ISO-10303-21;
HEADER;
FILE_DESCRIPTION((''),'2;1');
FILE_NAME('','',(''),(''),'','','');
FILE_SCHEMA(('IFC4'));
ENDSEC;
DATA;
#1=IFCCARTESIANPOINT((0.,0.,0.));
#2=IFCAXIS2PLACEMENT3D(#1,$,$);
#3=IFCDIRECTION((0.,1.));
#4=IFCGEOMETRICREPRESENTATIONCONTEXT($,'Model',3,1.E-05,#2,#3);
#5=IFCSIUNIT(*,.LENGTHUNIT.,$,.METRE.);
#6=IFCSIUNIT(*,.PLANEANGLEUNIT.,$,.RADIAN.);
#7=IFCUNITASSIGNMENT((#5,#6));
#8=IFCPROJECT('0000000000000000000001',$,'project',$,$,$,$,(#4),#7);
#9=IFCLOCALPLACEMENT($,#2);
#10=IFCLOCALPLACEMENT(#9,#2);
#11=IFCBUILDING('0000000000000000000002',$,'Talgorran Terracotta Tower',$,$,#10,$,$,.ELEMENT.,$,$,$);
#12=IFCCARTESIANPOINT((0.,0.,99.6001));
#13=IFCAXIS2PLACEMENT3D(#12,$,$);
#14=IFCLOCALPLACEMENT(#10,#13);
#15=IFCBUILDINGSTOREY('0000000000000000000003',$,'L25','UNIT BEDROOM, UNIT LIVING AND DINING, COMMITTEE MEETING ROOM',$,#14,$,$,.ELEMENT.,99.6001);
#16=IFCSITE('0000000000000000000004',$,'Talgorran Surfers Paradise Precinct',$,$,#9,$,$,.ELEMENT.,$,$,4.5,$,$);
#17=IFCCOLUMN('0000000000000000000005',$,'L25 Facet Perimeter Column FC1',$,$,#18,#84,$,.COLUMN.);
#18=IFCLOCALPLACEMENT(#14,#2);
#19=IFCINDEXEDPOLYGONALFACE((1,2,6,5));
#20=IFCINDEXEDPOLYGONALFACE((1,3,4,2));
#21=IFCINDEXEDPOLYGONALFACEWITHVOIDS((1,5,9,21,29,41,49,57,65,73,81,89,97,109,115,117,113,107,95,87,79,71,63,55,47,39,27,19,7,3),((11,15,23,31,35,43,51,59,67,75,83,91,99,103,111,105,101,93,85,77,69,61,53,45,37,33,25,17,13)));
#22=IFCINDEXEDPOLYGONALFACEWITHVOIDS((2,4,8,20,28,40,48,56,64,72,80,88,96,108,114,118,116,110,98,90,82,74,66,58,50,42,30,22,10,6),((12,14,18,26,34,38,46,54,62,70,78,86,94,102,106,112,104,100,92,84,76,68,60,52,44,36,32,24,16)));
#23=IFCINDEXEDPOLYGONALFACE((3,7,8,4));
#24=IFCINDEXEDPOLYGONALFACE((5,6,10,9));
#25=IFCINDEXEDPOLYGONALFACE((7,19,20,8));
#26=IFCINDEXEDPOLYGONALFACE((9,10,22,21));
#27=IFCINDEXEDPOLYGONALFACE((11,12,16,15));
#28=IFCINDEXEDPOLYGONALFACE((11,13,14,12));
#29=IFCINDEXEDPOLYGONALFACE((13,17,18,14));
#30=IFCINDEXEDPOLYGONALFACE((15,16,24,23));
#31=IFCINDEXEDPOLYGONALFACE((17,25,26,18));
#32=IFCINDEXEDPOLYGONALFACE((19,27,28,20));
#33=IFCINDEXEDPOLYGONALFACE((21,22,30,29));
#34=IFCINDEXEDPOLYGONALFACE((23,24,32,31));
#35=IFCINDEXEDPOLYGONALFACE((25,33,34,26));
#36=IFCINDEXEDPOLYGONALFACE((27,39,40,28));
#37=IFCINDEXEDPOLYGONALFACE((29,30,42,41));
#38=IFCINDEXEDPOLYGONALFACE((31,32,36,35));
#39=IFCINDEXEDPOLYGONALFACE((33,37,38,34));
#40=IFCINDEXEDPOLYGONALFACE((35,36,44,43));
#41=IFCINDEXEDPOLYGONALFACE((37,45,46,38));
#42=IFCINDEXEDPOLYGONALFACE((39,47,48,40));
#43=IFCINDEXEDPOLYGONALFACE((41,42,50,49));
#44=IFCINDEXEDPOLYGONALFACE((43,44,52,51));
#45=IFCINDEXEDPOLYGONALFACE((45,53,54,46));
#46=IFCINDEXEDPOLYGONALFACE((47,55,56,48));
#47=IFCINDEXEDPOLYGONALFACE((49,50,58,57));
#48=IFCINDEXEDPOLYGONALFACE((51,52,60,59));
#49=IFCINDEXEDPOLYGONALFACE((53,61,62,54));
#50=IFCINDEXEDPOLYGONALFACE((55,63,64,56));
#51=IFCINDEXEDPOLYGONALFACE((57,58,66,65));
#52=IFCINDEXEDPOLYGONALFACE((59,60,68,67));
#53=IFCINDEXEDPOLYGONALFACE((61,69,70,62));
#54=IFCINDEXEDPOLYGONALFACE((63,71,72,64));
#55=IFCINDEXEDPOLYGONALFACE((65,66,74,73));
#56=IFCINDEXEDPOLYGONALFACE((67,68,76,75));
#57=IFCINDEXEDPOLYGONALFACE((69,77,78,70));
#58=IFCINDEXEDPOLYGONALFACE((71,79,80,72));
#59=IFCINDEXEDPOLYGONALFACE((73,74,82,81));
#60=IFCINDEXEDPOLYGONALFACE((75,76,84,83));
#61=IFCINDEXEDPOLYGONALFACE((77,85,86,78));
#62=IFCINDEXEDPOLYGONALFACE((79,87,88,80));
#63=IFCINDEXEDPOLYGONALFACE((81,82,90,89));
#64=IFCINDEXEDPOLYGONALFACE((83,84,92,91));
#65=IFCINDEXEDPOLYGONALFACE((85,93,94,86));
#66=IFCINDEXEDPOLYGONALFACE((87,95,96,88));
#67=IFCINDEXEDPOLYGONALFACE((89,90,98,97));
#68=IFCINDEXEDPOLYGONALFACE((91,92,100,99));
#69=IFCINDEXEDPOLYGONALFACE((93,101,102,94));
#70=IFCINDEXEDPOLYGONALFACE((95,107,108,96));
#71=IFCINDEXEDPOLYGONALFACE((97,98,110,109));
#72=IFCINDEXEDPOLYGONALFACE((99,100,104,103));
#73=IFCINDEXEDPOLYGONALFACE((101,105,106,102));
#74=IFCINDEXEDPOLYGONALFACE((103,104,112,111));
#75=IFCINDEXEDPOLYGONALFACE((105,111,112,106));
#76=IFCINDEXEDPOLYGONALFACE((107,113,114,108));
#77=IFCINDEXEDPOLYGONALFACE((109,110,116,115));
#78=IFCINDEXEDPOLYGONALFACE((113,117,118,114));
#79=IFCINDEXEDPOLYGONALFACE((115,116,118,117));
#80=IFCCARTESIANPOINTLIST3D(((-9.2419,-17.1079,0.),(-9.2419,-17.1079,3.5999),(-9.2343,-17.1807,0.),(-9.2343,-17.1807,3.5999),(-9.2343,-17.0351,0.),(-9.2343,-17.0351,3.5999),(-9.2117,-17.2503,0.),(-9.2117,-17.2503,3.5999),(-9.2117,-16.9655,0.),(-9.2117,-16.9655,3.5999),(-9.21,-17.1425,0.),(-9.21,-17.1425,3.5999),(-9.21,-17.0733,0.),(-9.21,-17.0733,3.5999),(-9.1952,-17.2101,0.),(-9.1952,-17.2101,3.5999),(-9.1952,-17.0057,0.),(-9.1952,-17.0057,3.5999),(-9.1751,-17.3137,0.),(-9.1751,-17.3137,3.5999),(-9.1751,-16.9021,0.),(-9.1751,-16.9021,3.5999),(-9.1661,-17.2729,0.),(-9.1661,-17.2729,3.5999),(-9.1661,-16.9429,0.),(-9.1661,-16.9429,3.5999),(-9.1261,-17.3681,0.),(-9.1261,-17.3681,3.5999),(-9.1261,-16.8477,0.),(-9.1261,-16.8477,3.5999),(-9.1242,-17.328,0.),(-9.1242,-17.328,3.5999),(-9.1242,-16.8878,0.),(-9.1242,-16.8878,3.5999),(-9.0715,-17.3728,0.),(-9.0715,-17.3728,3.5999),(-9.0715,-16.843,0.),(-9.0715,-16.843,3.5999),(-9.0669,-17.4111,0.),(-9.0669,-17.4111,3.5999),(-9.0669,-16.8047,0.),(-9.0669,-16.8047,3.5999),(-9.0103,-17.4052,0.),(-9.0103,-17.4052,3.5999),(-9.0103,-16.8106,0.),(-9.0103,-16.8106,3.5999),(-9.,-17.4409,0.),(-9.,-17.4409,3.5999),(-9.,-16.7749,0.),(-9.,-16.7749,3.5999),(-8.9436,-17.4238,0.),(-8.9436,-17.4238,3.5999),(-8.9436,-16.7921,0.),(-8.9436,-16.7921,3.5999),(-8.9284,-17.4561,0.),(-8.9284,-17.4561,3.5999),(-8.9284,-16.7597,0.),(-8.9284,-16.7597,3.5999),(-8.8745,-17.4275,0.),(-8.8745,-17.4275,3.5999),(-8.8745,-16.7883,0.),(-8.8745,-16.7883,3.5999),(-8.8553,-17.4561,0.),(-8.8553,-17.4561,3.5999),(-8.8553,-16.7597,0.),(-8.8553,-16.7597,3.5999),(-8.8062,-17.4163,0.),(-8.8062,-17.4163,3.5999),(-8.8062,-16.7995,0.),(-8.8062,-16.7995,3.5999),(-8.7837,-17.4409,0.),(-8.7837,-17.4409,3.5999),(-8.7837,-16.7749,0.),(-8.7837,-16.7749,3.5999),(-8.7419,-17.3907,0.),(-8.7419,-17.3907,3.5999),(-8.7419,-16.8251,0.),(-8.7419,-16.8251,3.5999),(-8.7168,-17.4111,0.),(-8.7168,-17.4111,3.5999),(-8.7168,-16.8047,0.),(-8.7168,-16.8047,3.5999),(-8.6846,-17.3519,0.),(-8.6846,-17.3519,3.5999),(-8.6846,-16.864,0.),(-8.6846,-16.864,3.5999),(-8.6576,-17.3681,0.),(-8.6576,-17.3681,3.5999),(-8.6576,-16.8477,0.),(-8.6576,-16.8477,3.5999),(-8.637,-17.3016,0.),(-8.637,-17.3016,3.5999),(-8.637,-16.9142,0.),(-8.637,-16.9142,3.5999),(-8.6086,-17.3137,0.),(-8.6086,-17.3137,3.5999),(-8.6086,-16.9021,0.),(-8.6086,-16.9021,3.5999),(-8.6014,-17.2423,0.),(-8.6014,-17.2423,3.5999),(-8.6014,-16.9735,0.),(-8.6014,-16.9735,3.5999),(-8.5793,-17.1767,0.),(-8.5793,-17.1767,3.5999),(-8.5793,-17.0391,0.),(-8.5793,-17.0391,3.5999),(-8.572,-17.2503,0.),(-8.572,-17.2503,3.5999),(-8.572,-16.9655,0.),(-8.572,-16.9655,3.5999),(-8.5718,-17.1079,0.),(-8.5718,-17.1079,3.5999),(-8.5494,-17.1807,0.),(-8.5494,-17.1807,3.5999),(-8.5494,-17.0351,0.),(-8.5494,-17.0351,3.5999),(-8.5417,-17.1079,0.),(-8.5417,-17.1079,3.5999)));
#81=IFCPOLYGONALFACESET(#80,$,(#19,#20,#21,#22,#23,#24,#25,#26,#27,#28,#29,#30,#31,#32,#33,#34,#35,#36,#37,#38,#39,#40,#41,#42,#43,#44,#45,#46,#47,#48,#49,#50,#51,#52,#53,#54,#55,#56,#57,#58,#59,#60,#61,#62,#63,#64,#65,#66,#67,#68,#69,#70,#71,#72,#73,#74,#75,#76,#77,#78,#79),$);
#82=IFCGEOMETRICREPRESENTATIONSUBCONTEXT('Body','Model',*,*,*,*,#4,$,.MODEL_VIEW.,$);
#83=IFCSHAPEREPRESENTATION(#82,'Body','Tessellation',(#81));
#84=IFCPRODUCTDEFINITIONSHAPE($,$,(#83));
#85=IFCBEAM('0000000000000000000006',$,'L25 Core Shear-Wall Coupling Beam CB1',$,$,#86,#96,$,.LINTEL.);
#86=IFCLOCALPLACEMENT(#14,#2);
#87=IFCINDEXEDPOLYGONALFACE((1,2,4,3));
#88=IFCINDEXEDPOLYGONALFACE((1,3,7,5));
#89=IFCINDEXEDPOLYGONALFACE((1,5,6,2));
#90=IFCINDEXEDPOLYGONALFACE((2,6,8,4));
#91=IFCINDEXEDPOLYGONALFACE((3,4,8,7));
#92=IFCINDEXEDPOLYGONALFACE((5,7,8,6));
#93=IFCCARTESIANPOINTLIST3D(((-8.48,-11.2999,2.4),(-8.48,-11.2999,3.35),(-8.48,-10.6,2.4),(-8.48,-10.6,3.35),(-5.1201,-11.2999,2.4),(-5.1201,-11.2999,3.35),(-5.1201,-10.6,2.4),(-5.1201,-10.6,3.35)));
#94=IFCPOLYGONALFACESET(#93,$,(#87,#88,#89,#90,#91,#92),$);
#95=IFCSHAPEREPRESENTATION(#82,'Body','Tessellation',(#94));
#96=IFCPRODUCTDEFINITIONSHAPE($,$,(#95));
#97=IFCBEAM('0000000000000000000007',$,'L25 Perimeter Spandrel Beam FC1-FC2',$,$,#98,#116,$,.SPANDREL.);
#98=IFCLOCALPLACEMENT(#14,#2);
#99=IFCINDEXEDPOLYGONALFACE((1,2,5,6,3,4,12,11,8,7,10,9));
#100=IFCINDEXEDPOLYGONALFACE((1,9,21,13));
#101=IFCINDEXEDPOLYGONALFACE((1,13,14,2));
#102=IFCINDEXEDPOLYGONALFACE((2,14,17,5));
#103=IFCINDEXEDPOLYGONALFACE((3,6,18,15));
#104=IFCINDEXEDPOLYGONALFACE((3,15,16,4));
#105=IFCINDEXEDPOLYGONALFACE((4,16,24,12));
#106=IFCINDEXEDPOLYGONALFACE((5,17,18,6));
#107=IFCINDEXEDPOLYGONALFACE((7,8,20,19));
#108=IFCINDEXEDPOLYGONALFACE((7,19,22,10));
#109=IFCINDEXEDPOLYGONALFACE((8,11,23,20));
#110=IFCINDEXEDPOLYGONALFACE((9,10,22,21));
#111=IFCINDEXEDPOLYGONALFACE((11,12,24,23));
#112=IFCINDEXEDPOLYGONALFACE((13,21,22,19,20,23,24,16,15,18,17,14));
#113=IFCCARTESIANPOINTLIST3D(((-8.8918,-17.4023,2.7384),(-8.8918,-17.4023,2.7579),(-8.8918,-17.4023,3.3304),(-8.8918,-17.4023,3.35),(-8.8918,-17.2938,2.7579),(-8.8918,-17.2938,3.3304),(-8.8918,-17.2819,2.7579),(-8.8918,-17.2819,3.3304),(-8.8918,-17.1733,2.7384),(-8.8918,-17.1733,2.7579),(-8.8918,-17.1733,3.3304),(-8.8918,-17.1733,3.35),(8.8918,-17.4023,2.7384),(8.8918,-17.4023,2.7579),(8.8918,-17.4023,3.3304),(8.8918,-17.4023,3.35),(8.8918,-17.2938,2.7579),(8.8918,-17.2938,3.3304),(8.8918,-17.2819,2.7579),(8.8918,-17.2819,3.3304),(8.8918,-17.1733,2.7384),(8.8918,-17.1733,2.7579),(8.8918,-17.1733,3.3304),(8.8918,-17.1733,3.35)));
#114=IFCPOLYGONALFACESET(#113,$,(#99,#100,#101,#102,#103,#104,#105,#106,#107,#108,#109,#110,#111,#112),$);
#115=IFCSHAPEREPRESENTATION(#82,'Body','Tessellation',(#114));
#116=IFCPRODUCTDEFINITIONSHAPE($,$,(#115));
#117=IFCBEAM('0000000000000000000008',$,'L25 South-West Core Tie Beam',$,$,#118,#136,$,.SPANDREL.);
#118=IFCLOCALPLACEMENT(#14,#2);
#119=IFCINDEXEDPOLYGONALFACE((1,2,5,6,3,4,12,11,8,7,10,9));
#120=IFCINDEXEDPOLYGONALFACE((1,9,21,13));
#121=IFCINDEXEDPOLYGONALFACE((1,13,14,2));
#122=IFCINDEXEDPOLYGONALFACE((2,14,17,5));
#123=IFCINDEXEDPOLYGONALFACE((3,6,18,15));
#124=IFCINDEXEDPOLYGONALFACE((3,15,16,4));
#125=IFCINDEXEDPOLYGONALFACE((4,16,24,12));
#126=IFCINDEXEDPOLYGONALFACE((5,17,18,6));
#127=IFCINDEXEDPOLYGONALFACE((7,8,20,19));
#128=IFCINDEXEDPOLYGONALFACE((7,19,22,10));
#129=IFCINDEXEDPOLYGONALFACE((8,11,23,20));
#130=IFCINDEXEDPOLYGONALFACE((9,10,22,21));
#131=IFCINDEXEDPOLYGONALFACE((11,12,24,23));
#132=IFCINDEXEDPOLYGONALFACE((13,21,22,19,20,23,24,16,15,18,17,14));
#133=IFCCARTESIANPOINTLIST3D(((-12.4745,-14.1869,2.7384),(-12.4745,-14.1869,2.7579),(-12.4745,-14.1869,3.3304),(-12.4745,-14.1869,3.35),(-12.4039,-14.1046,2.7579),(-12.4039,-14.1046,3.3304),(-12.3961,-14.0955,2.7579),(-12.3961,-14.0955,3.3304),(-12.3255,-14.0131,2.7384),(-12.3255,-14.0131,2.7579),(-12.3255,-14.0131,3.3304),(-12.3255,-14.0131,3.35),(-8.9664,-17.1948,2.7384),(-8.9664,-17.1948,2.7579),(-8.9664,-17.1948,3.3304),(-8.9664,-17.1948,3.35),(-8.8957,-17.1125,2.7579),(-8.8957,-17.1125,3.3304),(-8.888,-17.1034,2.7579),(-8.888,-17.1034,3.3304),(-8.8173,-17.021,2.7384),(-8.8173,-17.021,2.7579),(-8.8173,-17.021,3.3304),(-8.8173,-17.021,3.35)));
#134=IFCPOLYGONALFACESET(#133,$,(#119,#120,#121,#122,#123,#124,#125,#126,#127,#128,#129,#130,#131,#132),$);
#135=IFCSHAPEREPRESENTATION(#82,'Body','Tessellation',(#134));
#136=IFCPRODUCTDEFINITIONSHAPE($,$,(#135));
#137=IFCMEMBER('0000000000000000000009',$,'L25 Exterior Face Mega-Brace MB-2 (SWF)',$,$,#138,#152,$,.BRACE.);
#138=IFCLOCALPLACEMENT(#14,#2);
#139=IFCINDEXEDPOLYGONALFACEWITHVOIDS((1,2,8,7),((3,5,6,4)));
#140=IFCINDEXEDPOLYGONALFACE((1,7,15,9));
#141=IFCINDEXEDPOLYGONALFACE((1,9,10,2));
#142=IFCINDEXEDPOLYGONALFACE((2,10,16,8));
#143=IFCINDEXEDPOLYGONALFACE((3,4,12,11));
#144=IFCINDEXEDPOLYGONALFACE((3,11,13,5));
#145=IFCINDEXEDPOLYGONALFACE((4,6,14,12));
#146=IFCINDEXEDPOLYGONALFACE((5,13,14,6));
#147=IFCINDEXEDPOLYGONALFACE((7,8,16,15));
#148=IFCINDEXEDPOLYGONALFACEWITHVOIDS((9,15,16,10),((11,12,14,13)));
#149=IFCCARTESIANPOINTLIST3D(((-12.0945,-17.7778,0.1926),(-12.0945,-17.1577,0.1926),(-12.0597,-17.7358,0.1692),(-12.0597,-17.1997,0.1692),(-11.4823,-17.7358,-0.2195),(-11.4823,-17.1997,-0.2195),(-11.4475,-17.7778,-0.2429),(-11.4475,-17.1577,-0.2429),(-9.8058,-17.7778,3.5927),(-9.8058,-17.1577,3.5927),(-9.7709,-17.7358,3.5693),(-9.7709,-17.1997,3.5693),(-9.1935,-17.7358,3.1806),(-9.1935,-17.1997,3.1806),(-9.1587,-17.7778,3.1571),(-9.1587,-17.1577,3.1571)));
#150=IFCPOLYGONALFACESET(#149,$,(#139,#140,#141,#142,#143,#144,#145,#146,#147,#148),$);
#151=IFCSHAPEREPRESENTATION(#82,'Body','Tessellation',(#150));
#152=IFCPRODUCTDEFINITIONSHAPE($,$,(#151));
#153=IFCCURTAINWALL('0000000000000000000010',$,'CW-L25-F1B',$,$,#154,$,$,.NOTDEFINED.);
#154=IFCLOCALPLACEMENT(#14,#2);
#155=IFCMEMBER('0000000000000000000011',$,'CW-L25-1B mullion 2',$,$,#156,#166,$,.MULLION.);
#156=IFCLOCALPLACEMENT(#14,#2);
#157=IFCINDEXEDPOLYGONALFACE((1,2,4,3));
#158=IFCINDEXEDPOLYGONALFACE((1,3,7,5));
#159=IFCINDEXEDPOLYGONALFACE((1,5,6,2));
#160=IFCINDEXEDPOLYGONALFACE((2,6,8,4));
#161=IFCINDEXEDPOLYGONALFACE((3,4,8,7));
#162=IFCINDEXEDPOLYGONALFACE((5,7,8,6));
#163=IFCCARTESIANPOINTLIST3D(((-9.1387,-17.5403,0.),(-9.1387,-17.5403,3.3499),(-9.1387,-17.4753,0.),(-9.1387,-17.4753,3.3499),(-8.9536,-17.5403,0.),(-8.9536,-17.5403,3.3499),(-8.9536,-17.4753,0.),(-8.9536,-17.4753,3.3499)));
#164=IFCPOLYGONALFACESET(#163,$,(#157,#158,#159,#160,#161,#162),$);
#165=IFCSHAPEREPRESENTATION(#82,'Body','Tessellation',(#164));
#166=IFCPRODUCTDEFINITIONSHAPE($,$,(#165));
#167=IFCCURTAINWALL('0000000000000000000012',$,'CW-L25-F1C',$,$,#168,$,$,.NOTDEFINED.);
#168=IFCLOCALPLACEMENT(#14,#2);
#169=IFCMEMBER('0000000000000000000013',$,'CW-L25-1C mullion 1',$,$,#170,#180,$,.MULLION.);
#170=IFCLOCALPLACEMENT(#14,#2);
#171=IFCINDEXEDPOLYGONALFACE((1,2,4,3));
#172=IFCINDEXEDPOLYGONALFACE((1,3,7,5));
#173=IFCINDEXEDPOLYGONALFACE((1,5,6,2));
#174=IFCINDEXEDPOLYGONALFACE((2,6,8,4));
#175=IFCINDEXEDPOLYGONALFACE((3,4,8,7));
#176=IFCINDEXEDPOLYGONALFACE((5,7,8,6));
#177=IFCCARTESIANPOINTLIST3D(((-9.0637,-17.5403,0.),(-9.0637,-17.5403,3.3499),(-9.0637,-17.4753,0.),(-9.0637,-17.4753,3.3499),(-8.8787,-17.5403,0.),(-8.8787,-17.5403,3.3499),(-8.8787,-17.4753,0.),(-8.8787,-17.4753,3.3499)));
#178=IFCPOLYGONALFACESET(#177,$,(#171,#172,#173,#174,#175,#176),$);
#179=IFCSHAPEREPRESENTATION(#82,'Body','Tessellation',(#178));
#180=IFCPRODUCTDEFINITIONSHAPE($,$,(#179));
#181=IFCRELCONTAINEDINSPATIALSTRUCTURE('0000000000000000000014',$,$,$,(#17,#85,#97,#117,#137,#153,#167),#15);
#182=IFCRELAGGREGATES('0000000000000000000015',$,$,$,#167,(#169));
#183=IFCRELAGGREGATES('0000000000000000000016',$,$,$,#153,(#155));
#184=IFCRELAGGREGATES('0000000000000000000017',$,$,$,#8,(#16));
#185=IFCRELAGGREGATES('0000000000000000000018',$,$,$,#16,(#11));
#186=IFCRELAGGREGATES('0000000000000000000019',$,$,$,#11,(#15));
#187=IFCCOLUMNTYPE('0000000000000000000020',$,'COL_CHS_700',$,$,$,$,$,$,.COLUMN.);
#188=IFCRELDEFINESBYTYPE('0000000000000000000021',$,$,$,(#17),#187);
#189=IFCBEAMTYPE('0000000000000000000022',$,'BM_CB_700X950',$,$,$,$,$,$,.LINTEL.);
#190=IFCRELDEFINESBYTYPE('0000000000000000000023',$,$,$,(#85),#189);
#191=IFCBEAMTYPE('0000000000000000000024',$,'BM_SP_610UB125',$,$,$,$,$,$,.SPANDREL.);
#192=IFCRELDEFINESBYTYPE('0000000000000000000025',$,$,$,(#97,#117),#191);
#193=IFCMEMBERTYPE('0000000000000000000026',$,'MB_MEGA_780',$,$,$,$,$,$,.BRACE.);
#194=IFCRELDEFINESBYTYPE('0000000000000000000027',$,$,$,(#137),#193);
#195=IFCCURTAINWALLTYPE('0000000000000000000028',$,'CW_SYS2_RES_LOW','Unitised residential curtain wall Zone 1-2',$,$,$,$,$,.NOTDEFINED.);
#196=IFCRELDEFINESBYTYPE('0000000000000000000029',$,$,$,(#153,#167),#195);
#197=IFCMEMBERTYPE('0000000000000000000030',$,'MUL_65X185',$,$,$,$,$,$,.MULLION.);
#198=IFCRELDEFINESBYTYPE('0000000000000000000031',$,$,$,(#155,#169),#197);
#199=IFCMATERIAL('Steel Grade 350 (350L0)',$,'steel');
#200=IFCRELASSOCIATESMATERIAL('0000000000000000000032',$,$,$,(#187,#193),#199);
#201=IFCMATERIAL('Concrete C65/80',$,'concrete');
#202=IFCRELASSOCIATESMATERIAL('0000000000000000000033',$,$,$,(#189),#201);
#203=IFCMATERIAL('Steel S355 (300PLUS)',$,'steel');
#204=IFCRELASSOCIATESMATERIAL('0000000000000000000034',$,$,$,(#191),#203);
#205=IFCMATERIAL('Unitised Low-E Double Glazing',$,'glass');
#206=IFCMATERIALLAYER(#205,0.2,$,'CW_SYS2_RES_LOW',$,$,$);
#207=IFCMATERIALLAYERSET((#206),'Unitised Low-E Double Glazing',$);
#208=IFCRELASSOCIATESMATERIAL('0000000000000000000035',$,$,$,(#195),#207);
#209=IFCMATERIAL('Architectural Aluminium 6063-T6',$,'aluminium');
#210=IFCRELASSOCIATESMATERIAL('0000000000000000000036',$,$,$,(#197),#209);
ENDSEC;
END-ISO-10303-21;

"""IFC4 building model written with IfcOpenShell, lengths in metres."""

from ifc_helpers import new_model, si_unit, direction, frame, origin, origin_2d, place, context, subcontext, project, spatial, rectangle, hollow_rectangle, hollow_circle, i_section, extrude, material, layer, layer_set, material_profile, profile_set, type_object, element, aggregate, save


model = new_model("IFC4")

# Units and contexts
model_context = context("Model", 3, precision=1e-05, world=origin(), true_north=direction((0.0, 1.0)))
body_context = subcontext(model_context, "Body", "Model", "MODEL_VIEW")
ifc_project = project(units=[si_unit("LENGTHUNIT", "METRE"), si_unit("PLANEANGLEUNIT", "RADIAN")], contexts=[model_context])

# Site, building, storey
site_placement = place(None, origin())
site = spatial("IfcSite", under=ifc_project, at=site_placement, Name="Talgorran Surfers Paradise Precinct", CompositionType="ELEMENT", RefElevation=4.5)
building_placement = place(site_placement, origin())
building = spatial("IfcBuilding", under=site, at=building_placement, Name="Talgorran Terracotta Tower", CompositionType="ELEMENT")
storey_placement = place(building_placement, frame((0.0, 0.0, 99.6001)))
storey = spatial("IfcBuildingStorey", under=building, at=storey_placement, Name="L25", Description="UNIT BEDROOM, UNIT LIVING AND DINING, COMMITTEE MEETING ROOM", CompositionType="ELEMENT", Elevation=99.6001)

# Column
ifc_material_1 = material(Name="Steel Grade 350 (350L0)", Category="steel")
ifc_material_profile_1 = material_profile(ifc_material_1, hollow_circle(Radius=0.3501, WallThickness=0.03, at=origin_2d()), Name="CHS700X30")
ifc_profile_set_1 = profile_set([ifc_material_profile_1], Name="Steel Grade 350 (350L0)")
column_type = type_object("IfcColumnType", Name="COL_CHS_700", PredefinedType="COLUMN", material=ifc_profile_set_1)
column_placement = place(storey_placement, frame((-8.8918, -17.1079, 0.0), z_axis=(0.0, 0.0, 1.0), x_axis=(1.0, 0.0, 0.0)))
element("IfcColumn", 1, at=column_placement, inside=storey, type_object=column_type, Name="L25 Facet Perimeter Column FC1", PredefinedType="COLUMN", context=body_context, shape_type="SweptSolid", body=[
    extrude(hollow_circle(Radius=0.3501, WallThickness=0.03, at=origin_2d()), origin(), (0.0, 0.0, 1.0), 3.5999),
])

# Beams
ifc_material_2 = material(Name="Concrete C65/80", Category="concrete")
ifc_material_profile_2 = material_profile(ifc_material_2, rectangle(XDim=0.7, YDim=0.95, at=origin_2d()), Name="RCCB700X950")
ifc_profile_set_2 = profile_set([ifc_material_profile_2], Name="Concrete C65/80")
beam_type_1 = type_object("IfcBeamType", Name="BM_CB_700X950", PredefinedType="LINTEL", material=ifc_profile_set_2)
beam_1_placement = place(storey_placement, frame((-8.48, -10.95, 2.875), z_axis=(1.0, 0.0, 0.0), x_axis=(0.0, 1.0, 0.0)))
element("IfcBeam", 2, at=beam_1_placement, inside=storey, type_object=beam_type_1, Name="L25 Core Shear-Wall Coupling Beam CB1", PredefinedType="LINTEL", context=body_context, shape_type="SweptSolid", body=[
    extrude(rectangle(XDim=0.7, YDim=0.95, at=origin_2d()), origin(), (0.0, 0.0, 1.0), 3.3599),
])
ifc_material_3 = material(Name="Steel S355 (300PLUS)", Category="steel")
ifc_material_profile_3 = material_profile(ifc_material_3, i_section(OverallWidth=0.229, OverallDepth=0.6116, WebThickness=0.012, FlangeThickness=0.0195, at=origin_2d()), Name="610UB125")
ifc_profile_set_3 = profile_set([ifc_material_profile_3], Name="Steel S355 (300PLUS)")
beam_type_2 = type_object("IfcBeamType", Name="BM_SP_610UB125", PredefinedType="SPANDREL", material=ifc_profile_set_3)
beam_2_placement = place(storey_placement, frame((-8.8918, -17.2878, 3.0442), z_axis=(1.0, 0.0, 0.0), x_axis=(0.0, 1.0, 0.0)))
element("IfcBeam", 3, at=beam_2_placement, inside=storey, type_object=beam_type_2, Name="L25 Perimeter Spandrel Beam FC1-FC2", PredefinedType="SPANDREL", context=body_context, shape_type="SweptSolid", body=[
    extrude(i_section(OverallWidth=0.229, OverallDepth=0.6116, WebThickness=0.012, FlangeThickness=0.0195, at=origin_2d()), origin(), (0.0, 0.0, 1.0), 17.7837),
])
beam_3_placement = place(storey_placement, frame((-8.8918, -17.1079, 3.0442), z_axis=(-0.75916, 0.650904, 0.0), x_axis=(-0.650904, -0.75916, 0.0)))
element("IfcBeam", 4, at=beam_3_placement, inside=storey, type_object=beam_type_2, Name="L25 South-West Core Tie Beam", PredefinedType="SPANDREL", context=body_context, shape_type="SweptSolid", body=[
    extrude(i_section(OverallWidth=0.229, OverallDepth=0.6116, WebThickness=0.012, FlangeThickness=0.0195, at=origin_2d()), origin(), (0.0, 0.0, 1.0), 4.6211),
])

# Member
ifc_material_profile_4 = material_profile(ifc_material_1, hollow_rectangle(XDim=0.6201, YDim=0.78, WallThickness=0.042, at=origin_2d()), Name="WBOX780X620X42")
ifc_profile_set_4 = profile_set([ifc_material_profile_4], Name="Steel Grade 350 (350L0)")
member_type_1 = type_object("IfcMemberType", Name="MB_MEGA_780", PredefinedType="BRACE", material=ifc_profile_set_4)
member_1_placement = place(storey_placement, frame((-11.771, -17.4678, -0.0251), z_axis=(0.55842, 0.0, 0.829559), x_axis=(0.0, 1.0, 0.0)))
element("IfcMember", 5, at=member_1_placement, inside=storey, type_object=member_type_1, Name="L25 Exterior Face Mega-Brace MB-2 (SWF)", PredefinedType="BRACE", context=body_context, shape_type="SweptSolid", body=[
    extrude(hollow_rectangle(XDim=0.6201, YDim=0.78, WallThickness=0.042, at=origin_2d()), origin(), (0.0, 0.0, 1.0), 4.0986),
])

# Curtain walls, members
ifc_material_4 = material(Name="Unitised Low-E Double Glazing", Category="glass")
ifc_layer_1 = layer(ifc_material_4, 0.2, Name="CW_SYS2_RES_LOW")
ifc_layer_set_1 = layer_set([ifc_layer_1], Name="Unitised Low-E Double Glazing")
curtain_wall_type = type_object("IfcCurtainWallType", Name="CW_SYS2_RES_LOW", Description="Unitised residential curtain wall Zone 1-2", PredefinedType="NOTDEFINED", material=ifc_layer_set_1)
curtain_wall_1_placement = place(storey_placement, origin())
curtain_wall_1 = element("IfcCurtainWall", 6, at=curtain_wall_1_placement, inside=storey, type_object=curtain_wall_type, Name="CW-L25-F1B", PredefinedType="NOTDEFINED")
ifc_material_5 = material(Name="Architectural Aluminium 6063-T6", Category="aluminium")
ifc_material_profile_5 = material_profile(ifc_material_5, rectangle(XDim=0.0649, YDim=0.1851, at=origin_2d()), Name="CWM65X185")
ifc_profile_set_5 = profile_set([ifc_material_profile_5], Name="Architectural Aluminium 6063-T6")
member_type_2 = type_object("IfcMemberType", Name="MUL_65X185", PredefinedType="MULLION", material=ifc_profile_set_5)
member_2_placement = place(storey_placement, frame((-9.0461, -17.5078, 0.0), z_axis=(0.0, 0.0, 1.0), x_axis=(0.0, 1.0, 0.0)))
member_2 = element("IfcMember", 7, at=member_2_placement, type_object=member_type_2, Name="CW-L25-1B mullion 2", PredefinedType="MULLION", context=body_context, shape_type="SweptSolid", body=[
    extrude(rectangle(XDim=0.0649, YDim=0.1851, at=origin_2d()), origin(), (0.0, 0.0, 1.0), 3.3499),
])
curtain_wall_2_placement = place(storey_placement, origin())
curtain_wall_2 = element("IfcCurtainWall", 8, at=curtain_wall_2_placement, inside=storey, type_object=curtain_wall_type, Name="CW-L25-F1C", PredefinedType="NOTDEFINED")
member_3_placement = place(storey_placement, frame((-8.9712, -17.5078, 0.0), z_axis=(0.0, 0.0, 1.0), x_axis=(0.0, 1.0, 0.0)))
member_3 = element("IfcMember", 9, at=member_3_placement, type_object=member_type_2, Name="CW-L25-1C mullion 1", PredefinedType="MULLION", context=body_context, shape_type="SweptSolid", body=[
    extrude(rectangle(XDim=0.0649, YDim=0.1851, at=origin_2d()), origin(), (0.0, 0.0, 1.0), 3.3499),
])

aggregate(curtain_wall_2, [member_3])

aggregate(curtain_wall_1, [member_2])

save(model, "model.ifc")
